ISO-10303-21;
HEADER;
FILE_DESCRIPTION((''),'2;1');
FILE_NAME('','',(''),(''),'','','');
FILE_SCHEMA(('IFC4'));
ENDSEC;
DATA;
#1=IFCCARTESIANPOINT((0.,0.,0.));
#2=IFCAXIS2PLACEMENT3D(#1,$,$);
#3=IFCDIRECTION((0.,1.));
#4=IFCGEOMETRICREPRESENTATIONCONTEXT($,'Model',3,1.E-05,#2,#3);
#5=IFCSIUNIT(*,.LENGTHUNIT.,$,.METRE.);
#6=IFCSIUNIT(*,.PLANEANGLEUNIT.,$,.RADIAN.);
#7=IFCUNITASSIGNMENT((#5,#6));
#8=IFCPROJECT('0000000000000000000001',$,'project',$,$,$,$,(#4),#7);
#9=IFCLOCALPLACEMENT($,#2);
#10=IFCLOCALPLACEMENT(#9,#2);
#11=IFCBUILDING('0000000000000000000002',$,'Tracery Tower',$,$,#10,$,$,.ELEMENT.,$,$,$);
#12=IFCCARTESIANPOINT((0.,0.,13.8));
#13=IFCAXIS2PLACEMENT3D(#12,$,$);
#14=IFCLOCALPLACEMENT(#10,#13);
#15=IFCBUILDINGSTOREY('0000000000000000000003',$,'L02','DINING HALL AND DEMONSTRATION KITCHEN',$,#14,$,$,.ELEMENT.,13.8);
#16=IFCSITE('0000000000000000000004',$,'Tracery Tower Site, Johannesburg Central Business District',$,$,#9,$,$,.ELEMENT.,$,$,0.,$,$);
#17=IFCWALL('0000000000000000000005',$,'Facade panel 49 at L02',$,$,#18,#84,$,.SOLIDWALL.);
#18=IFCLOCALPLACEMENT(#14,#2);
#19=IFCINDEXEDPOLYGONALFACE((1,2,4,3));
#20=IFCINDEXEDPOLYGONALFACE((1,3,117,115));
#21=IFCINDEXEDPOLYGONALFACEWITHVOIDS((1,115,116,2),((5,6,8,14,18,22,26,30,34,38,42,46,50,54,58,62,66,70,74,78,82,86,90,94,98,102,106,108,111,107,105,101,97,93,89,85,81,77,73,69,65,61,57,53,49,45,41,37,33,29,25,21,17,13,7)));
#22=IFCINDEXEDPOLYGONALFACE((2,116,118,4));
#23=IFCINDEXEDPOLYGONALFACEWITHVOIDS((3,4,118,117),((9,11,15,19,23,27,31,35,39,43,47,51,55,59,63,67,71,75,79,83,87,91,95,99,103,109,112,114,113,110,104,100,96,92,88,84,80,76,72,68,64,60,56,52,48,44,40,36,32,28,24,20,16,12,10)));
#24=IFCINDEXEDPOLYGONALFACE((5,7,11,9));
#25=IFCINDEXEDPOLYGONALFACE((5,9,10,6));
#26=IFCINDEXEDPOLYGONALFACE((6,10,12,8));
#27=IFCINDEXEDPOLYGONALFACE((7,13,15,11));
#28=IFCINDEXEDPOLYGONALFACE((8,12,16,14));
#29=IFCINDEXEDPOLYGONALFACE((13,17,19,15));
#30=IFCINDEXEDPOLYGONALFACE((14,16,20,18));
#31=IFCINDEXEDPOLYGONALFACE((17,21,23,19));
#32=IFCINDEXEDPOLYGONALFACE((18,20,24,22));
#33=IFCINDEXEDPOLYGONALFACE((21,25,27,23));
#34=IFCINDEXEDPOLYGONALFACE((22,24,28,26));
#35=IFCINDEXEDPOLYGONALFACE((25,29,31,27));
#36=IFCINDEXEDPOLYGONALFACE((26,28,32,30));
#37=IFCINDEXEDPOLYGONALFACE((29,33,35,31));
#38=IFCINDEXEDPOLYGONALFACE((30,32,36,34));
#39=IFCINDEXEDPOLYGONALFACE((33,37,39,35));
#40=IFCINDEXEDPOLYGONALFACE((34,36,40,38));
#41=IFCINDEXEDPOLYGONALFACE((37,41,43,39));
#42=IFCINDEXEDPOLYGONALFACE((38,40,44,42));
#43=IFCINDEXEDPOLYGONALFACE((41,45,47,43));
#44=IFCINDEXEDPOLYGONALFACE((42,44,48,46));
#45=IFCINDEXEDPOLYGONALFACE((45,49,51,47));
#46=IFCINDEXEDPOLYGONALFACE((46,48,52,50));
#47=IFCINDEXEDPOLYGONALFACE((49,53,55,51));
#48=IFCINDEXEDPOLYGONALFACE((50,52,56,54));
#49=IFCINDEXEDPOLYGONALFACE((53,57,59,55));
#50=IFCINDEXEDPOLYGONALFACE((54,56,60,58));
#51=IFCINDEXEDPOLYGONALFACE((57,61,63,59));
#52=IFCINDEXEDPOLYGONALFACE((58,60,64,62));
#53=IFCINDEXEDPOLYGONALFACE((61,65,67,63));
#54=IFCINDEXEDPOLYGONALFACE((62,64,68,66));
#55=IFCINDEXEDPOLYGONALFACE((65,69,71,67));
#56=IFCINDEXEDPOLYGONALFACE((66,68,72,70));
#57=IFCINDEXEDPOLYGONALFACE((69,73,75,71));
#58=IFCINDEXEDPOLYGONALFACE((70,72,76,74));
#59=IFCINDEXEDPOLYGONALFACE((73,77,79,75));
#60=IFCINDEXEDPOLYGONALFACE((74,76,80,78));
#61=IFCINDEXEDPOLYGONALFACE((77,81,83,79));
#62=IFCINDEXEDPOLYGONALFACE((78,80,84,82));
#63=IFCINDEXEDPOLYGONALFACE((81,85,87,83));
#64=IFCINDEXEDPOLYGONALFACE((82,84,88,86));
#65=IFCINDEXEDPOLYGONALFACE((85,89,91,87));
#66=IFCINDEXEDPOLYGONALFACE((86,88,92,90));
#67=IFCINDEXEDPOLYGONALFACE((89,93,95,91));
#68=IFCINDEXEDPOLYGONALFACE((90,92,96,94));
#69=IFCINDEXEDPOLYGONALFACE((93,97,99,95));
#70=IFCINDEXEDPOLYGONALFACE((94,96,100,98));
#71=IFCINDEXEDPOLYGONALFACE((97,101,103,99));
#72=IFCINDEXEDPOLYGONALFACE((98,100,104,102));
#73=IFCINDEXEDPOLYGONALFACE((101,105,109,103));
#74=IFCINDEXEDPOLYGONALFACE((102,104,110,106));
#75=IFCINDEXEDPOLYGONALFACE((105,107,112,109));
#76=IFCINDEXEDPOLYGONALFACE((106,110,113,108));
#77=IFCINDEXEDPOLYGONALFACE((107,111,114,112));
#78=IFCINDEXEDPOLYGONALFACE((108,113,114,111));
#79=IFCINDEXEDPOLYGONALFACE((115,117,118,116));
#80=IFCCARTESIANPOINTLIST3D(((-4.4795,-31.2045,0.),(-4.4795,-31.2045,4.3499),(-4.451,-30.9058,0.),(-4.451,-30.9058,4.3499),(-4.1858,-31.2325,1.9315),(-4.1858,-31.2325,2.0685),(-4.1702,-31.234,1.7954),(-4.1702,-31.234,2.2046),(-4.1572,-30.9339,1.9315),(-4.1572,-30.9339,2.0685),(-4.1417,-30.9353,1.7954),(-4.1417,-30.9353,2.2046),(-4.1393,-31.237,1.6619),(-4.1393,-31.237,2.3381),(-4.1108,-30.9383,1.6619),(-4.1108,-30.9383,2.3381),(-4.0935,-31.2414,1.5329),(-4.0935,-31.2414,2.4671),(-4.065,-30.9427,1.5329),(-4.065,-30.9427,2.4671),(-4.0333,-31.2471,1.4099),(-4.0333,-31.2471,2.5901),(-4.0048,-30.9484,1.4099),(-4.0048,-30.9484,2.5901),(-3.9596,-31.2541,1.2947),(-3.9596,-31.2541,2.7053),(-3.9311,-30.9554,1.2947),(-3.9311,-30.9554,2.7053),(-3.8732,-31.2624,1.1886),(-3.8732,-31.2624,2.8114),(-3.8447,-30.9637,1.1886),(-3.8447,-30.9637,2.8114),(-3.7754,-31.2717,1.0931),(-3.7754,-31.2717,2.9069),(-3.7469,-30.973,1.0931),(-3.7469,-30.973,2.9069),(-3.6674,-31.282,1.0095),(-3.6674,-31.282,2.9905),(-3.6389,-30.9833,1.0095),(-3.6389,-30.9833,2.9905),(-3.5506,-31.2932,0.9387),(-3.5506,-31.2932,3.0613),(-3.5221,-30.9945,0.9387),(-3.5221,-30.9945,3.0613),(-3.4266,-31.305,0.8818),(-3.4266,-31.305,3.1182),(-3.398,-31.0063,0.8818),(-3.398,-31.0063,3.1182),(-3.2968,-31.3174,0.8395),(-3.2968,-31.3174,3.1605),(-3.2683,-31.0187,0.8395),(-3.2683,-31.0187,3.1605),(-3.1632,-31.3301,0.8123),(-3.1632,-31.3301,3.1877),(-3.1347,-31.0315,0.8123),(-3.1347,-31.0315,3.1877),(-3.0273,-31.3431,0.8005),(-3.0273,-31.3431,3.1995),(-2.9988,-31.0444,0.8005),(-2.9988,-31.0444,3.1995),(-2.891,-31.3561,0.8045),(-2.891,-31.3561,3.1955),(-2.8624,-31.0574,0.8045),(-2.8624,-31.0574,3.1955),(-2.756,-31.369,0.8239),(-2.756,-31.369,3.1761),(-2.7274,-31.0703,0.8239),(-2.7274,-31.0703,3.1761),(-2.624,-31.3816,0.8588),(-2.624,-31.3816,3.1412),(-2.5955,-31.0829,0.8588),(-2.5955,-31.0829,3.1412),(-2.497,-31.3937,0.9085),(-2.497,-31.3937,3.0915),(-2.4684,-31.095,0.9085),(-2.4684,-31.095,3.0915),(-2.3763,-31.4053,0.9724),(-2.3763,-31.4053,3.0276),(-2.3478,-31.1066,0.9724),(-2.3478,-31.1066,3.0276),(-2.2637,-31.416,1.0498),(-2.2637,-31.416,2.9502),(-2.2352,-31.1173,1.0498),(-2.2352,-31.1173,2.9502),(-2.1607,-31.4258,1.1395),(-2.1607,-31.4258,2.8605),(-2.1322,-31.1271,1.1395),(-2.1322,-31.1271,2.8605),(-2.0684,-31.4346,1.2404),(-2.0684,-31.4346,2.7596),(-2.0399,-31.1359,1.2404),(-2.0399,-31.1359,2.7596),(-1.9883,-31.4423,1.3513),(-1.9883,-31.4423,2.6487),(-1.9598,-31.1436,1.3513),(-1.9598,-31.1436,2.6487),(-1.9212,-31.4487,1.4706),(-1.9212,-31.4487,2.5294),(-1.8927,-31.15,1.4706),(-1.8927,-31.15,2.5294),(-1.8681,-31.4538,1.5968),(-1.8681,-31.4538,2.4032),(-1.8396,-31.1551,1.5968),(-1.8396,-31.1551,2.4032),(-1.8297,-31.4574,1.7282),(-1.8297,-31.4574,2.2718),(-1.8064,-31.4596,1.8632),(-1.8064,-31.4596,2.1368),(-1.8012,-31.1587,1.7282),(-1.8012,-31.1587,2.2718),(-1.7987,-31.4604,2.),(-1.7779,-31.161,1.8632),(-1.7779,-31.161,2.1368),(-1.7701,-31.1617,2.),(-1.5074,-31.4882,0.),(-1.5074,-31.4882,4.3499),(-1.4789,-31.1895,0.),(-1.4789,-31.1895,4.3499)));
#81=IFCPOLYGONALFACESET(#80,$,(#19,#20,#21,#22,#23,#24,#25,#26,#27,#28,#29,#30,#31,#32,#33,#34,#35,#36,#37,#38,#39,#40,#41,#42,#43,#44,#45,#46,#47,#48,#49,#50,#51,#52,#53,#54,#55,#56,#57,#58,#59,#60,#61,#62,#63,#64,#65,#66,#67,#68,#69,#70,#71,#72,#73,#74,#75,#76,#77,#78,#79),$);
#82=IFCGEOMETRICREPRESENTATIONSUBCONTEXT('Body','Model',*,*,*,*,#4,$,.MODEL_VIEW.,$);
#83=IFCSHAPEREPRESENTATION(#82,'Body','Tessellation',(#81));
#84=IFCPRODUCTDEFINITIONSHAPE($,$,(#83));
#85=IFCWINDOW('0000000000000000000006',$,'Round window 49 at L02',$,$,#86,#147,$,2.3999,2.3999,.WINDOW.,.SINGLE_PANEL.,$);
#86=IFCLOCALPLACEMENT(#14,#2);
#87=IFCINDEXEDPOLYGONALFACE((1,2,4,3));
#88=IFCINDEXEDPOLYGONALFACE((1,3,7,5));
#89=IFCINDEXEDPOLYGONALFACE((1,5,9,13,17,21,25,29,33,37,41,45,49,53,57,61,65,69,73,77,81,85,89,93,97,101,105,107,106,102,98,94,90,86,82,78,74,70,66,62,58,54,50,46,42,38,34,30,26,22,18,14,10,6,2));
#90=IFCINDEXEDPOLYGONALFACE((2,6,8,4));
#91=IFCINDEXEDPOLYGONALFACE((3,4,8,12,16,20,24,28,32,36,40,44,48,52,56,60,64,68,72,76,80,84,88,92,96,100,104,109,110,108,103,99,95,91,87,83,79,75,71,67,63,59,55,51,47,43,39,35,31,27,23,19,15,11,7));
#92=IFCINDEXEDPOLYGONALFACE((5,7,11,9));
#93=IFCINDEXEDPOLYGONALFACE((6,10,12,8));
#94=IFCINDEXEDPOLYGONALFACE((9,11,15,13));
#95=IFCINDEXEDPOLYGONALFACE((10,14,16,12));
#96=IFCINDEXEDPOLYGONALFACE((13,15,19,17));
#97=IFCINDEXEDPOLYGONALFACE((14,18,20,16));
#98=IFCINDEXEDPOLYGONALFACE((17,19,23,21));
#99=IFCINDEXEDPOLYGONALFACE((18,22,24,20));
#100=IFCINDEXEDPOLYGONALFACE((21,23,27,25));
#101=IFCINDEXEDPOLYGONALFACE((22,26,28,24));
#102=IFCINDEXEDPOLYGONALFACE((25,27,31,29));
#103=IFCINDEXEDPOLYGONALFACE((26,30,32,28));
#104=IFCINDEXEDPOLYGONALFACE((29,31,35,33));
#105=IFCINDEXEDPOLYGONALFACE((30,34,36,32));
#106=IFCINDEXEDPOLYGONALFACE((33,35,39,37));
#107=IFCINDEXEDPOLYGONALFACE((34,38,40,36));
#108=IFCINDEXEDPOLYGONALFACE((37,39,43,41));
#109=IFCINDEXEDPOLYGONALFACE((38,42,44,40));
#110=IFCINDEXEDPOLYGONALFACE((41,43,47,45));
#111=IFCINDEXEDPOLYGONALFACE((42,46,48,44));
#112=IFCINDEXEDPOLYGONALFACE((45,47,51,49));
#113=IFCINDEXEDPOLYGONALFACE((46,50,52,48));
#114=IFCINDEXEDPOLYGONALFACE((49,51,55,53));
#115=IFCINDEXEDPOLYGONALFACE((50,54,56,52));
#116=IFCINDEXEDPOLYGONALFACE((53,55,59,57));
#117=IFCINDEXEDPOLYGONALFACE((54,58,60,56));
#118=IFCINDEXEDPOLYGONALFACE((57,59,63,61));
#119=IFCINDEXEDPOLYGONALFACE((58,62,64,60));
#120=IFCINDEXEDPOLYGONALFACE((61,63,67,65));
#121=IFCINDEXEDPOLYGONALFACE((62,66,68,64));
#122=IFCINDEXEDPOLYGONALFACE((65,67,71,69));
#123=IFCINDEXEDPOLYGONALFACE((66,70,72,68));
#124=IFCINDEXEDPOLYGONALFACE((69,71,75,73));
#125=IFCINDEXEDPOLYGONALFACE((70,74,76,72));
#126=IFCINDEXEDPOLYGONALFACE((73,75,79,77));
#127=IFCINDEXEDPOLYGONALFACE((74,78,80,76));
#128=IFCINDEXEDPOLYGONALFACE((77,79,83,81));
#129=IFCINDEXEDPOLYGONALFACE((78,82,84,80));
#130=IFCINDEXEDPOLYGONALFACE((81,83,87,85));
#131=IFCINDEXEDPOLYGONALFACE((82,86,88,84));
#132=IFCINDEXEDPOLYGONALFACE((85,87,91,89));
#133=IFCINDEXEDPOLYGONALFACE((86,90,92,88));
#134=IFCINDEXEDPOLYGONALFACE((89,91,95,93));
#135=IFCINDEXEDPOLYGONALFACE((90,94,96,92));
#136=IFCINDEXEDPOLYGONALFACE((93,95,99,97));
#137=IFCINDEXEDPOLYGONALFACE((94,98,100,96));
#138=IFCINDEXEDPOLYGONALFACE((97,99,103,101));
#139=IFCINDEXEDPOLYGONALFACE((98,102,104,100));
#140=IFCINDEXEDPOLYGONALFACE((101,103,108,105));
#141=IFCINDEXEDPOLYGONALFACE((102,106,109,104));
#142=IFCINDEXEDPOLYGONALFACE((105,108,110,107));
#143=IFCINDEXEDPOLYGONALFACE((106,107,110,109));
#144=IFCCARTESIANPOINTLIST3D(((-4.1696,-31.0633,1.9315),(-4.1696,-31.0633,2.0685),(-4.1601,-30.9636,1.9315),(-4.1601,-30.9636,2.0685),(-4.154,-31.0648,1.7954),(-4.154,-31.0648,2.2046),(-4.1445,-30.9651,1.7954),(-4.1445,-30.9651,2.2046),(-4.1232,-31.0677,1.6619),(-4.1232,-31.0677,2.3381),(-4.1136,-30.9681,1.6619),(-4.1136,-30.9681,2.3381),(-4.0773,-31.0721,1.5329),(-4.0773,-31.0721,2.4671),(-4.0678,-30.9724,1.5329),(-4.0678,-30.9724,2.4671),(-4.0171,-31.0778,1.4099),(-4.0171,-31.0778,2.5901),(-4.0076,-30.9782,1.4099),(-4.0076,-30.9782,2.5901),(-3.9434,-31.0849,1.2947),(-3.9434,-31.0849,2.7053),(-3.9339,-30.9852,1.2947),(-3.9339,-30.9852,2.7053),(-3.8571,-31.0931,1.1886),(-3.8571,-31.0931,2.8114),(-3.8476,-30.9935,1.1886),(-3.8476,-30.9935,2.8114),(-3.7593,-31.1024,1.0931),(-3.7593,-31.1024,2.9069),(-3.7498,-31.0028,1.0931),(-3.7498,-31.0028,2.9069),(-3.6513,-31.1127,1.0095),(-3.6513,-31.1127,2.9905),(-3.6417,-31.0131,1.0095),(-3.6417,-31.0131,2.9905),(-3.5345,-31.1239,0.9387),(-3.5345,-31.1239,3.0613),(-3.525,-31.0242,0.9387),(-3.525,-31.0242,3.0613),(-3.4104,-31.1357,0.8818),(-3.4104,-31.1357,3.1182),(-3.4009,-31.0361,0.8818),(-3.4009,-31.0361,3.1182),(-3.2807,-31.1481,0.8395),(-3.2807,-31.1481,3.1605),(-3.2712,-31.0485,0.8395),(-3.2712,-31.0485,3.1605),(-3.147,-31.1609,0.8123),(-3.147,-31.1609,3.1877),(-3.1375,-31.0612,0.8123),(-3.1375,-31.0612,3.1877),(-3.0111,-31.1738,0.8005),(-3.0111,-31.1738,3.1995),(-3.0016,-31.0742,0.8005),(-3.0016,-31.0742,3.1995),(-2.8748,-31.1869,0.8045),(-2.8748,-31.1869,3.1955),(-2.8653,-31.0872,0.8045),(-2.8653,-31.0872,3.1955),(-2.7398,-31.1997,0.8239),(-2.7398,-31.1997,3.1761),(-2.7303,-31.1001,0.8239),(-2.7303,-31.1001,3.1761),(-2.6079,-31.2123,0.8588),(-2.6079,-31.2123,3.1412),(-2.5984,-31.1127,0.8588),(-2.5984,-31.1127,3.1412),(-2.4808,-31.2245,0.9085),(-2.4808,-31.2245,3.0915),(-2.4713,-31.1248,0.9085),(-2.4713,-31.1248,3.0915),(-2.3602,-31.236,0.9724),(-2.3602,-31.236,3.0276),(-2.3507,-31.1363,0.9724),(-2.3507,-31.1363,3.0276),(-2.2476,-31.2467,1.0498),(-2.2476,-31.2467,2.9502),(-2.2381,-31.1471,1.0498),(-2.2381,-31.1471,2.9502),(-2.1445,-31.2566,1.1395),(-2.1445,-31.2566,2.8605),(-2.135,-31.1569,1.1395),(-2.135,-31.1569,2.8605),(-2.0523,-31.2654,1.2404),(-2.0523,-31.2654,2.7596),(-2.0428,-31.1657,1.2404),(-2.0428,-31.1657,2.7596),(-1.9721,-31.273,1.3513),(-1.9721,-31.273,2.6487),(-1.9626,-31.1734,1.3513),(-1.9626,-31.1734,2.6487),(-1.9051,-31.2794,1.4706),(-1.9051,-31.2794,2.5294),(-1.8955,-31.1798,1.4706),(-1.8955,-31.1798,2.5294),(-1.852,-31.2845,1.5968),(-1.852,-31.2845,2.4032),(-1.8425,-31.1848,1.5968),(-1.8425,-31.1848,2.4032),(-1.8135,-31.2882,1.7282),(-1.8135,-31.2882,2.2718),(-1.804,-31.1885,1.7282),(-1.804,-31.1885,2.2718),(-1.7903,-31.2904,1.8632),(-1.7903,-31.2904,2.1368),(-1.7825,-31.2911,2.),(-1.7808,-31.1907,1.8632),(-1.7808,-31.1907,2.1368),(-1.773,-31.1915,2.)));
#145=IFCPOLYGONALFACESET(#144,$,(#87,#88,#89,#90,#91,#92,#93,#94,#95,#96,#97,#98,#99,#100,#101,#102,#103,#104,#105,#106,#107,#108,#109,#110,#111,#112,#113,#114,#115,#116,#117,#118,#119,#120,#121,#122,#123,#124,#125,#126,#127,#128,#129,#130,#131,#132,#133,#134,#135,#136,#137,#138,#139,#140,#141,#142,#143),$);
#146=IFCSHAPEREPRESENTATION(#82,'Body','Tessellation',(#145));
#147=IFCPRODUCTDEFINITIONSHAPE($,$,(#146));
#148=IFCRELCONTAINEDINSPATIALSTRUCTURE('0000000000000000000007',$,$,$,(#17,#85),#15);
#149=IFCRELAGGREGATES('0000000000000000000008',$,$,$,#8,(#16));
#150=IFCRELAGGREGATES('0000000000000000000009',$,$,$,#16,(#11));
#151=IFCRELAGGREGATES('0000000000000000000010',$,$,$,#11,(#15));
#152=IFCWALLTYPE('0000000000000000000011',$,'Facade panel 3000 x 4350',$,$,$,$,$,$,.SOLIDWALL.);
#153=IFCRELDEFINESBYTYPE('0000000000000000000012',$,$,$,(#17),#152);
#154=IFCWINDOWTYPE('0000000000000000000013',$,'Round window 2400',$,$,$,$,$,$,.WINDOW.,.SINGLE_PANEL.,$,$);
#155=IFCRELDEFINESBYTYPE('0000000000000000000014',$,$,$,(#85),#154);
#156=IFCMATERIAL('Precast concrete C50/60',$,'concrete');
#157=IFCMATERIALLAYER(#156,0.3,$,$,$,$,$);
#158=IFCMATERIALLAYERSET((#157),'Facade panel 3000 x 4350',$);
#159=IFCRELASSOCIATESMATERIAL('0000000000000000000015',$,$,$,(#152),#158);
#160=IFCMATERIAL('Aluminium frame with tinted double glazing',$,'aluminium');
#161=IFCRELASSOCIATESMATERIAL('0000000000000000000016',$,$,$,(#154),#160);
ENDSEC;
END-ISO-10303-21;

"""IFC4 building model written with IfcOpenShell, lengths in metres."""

from ifc_helpers import new_model, si_unit, direction, frame, frame_2d, origin, origin_2d, place, context, subcontext, project, spatial, rectangle, circle, extrude, material, layer, layer_set, type_object, element, fill, save


model = new_model("IFC4")

# Units and contexts
model_context = context("Model", 3, precision=1e-05, world=origin(), true_north=direction((0.0, 1.0)))
body_context = subcontext(model_context, "Body", "Model", "MODEL_VIEW")
ifc_project = project(units=[si_unit("LENGTHUNIT", "METRE"), si_unit("PLANEANGLEUNIT", "RADIAN")], contexts=[model_context])

# Site, building, storey
site_placement = place(None, origin())
site = spatial("IfcSite", under=ifc_project, at=site_placement, Name="Tracery Tower Site, Johannesburg Central Business District", CompositionType="ELEMENT", RefElevation=0.0)
building_placement = place(site_placement, origin())
building = spatial("IfcBuilding", under=site, at=building_placement, Name="Tracery Tower", CompositionType="ELEMENT")
storey_placement = place(building_placement, frame((0.0, 0.0, 13.8)))
storey = spatial("IfcBuildingStorey", under=building, at=storey_placement, Name="L02", Description="DINING HALL AND DEMONSTRATION KITCHEN", CompositionType="ELEMENT", Elevation=13.8)

# Wall, opening, window
ifc_material_1 = material(Name="Precast concrete C50/60", Category="concrete")
ifc_layer_1 = layer(ifc_material_1, 0.3)
ifc_layer_set_1 = layer_set([ifc_layer_1], Name="Facade panel 3000 x 4350")
wall_type_1 = type_object("IfcWallType", Name="Facade panel 3000 x 4350", PredefinedType="SOLIDWALL", material=ifc_layer_set_1)
ifc_material_2 = material(Name="Aluminium frame with tinted double glazing", Category="aluminium")
window_type = type_object("IfcWindowType", Name="Round window 2400", PartitioningType="SINGLE_PANEL", PredefinedType="WINDOW", material=ifc_material_2)
wall_1_placement = place(storey_placement, frame((-4.4651, -31.0552, 0.0), z_axis=(0.0, 0.0, 1.0), x_axis=(0.995476, -0.095017, 0.0)))
wall_1 = element("IfcWall", 1, at=wall_1_placement, inside=storey, type_object=wall_type_1, Name="Facade panel 49 at L02", PredefinedType="SOLIDWALL", context=body_context, shape_type="SweptSolid", body=[
    extrude(rectangle(XDim=2.9856, YDim=0.3, at=frame_2d((1.4927, 0.0))), origin(), (0.0, 0.0, 1.0), 4.3499),
])
opening_1_placement = place(wall_1_placement, frame((1.4929, 0.0, 2.0)))
opening_1 = element("IfcOpeningElement", 2, at=opening_1_placement, cuts=wall_1, PredefinedType="OPENING", context=body_context, shape_type="SweptSolid", body=[
    extrude(circle(Radius=1.2, at=origin_2d()), frame((0.0, 0.1599, 0.0), z_axis=(0.0, -1.0, 0.0), x_axis=(1.0, 0.0, 0.0)), (0.0, 0.0, 1.0), 0.3201),
])
window_1_placement = place(opening_1_placement, origin())
window_1 = element("IfcWindow", 3, at=window_1_placement, inside=storey, type_object=window_type, Name="Round window 49 at L02", OverallHeight=2.3999, OverallWidth=2.3999, PartitioningType="SINGLE_PANEL", PredefinedType="WINDOW", context=body_context, shape_type="SweptSolid", body=[
    extrude(circle(Radius=1.2, at=origin_2d()), frame((0.0, 0.1201, 0.0), z_axis=(0.0, -1.0, 0.0), x_axis=(1.0, 0.0, 0.0)), (0.0, 0.0, 1.0), 0.1001),
])
fill(opening_1, window_1)

save(model, "model.ifc")
